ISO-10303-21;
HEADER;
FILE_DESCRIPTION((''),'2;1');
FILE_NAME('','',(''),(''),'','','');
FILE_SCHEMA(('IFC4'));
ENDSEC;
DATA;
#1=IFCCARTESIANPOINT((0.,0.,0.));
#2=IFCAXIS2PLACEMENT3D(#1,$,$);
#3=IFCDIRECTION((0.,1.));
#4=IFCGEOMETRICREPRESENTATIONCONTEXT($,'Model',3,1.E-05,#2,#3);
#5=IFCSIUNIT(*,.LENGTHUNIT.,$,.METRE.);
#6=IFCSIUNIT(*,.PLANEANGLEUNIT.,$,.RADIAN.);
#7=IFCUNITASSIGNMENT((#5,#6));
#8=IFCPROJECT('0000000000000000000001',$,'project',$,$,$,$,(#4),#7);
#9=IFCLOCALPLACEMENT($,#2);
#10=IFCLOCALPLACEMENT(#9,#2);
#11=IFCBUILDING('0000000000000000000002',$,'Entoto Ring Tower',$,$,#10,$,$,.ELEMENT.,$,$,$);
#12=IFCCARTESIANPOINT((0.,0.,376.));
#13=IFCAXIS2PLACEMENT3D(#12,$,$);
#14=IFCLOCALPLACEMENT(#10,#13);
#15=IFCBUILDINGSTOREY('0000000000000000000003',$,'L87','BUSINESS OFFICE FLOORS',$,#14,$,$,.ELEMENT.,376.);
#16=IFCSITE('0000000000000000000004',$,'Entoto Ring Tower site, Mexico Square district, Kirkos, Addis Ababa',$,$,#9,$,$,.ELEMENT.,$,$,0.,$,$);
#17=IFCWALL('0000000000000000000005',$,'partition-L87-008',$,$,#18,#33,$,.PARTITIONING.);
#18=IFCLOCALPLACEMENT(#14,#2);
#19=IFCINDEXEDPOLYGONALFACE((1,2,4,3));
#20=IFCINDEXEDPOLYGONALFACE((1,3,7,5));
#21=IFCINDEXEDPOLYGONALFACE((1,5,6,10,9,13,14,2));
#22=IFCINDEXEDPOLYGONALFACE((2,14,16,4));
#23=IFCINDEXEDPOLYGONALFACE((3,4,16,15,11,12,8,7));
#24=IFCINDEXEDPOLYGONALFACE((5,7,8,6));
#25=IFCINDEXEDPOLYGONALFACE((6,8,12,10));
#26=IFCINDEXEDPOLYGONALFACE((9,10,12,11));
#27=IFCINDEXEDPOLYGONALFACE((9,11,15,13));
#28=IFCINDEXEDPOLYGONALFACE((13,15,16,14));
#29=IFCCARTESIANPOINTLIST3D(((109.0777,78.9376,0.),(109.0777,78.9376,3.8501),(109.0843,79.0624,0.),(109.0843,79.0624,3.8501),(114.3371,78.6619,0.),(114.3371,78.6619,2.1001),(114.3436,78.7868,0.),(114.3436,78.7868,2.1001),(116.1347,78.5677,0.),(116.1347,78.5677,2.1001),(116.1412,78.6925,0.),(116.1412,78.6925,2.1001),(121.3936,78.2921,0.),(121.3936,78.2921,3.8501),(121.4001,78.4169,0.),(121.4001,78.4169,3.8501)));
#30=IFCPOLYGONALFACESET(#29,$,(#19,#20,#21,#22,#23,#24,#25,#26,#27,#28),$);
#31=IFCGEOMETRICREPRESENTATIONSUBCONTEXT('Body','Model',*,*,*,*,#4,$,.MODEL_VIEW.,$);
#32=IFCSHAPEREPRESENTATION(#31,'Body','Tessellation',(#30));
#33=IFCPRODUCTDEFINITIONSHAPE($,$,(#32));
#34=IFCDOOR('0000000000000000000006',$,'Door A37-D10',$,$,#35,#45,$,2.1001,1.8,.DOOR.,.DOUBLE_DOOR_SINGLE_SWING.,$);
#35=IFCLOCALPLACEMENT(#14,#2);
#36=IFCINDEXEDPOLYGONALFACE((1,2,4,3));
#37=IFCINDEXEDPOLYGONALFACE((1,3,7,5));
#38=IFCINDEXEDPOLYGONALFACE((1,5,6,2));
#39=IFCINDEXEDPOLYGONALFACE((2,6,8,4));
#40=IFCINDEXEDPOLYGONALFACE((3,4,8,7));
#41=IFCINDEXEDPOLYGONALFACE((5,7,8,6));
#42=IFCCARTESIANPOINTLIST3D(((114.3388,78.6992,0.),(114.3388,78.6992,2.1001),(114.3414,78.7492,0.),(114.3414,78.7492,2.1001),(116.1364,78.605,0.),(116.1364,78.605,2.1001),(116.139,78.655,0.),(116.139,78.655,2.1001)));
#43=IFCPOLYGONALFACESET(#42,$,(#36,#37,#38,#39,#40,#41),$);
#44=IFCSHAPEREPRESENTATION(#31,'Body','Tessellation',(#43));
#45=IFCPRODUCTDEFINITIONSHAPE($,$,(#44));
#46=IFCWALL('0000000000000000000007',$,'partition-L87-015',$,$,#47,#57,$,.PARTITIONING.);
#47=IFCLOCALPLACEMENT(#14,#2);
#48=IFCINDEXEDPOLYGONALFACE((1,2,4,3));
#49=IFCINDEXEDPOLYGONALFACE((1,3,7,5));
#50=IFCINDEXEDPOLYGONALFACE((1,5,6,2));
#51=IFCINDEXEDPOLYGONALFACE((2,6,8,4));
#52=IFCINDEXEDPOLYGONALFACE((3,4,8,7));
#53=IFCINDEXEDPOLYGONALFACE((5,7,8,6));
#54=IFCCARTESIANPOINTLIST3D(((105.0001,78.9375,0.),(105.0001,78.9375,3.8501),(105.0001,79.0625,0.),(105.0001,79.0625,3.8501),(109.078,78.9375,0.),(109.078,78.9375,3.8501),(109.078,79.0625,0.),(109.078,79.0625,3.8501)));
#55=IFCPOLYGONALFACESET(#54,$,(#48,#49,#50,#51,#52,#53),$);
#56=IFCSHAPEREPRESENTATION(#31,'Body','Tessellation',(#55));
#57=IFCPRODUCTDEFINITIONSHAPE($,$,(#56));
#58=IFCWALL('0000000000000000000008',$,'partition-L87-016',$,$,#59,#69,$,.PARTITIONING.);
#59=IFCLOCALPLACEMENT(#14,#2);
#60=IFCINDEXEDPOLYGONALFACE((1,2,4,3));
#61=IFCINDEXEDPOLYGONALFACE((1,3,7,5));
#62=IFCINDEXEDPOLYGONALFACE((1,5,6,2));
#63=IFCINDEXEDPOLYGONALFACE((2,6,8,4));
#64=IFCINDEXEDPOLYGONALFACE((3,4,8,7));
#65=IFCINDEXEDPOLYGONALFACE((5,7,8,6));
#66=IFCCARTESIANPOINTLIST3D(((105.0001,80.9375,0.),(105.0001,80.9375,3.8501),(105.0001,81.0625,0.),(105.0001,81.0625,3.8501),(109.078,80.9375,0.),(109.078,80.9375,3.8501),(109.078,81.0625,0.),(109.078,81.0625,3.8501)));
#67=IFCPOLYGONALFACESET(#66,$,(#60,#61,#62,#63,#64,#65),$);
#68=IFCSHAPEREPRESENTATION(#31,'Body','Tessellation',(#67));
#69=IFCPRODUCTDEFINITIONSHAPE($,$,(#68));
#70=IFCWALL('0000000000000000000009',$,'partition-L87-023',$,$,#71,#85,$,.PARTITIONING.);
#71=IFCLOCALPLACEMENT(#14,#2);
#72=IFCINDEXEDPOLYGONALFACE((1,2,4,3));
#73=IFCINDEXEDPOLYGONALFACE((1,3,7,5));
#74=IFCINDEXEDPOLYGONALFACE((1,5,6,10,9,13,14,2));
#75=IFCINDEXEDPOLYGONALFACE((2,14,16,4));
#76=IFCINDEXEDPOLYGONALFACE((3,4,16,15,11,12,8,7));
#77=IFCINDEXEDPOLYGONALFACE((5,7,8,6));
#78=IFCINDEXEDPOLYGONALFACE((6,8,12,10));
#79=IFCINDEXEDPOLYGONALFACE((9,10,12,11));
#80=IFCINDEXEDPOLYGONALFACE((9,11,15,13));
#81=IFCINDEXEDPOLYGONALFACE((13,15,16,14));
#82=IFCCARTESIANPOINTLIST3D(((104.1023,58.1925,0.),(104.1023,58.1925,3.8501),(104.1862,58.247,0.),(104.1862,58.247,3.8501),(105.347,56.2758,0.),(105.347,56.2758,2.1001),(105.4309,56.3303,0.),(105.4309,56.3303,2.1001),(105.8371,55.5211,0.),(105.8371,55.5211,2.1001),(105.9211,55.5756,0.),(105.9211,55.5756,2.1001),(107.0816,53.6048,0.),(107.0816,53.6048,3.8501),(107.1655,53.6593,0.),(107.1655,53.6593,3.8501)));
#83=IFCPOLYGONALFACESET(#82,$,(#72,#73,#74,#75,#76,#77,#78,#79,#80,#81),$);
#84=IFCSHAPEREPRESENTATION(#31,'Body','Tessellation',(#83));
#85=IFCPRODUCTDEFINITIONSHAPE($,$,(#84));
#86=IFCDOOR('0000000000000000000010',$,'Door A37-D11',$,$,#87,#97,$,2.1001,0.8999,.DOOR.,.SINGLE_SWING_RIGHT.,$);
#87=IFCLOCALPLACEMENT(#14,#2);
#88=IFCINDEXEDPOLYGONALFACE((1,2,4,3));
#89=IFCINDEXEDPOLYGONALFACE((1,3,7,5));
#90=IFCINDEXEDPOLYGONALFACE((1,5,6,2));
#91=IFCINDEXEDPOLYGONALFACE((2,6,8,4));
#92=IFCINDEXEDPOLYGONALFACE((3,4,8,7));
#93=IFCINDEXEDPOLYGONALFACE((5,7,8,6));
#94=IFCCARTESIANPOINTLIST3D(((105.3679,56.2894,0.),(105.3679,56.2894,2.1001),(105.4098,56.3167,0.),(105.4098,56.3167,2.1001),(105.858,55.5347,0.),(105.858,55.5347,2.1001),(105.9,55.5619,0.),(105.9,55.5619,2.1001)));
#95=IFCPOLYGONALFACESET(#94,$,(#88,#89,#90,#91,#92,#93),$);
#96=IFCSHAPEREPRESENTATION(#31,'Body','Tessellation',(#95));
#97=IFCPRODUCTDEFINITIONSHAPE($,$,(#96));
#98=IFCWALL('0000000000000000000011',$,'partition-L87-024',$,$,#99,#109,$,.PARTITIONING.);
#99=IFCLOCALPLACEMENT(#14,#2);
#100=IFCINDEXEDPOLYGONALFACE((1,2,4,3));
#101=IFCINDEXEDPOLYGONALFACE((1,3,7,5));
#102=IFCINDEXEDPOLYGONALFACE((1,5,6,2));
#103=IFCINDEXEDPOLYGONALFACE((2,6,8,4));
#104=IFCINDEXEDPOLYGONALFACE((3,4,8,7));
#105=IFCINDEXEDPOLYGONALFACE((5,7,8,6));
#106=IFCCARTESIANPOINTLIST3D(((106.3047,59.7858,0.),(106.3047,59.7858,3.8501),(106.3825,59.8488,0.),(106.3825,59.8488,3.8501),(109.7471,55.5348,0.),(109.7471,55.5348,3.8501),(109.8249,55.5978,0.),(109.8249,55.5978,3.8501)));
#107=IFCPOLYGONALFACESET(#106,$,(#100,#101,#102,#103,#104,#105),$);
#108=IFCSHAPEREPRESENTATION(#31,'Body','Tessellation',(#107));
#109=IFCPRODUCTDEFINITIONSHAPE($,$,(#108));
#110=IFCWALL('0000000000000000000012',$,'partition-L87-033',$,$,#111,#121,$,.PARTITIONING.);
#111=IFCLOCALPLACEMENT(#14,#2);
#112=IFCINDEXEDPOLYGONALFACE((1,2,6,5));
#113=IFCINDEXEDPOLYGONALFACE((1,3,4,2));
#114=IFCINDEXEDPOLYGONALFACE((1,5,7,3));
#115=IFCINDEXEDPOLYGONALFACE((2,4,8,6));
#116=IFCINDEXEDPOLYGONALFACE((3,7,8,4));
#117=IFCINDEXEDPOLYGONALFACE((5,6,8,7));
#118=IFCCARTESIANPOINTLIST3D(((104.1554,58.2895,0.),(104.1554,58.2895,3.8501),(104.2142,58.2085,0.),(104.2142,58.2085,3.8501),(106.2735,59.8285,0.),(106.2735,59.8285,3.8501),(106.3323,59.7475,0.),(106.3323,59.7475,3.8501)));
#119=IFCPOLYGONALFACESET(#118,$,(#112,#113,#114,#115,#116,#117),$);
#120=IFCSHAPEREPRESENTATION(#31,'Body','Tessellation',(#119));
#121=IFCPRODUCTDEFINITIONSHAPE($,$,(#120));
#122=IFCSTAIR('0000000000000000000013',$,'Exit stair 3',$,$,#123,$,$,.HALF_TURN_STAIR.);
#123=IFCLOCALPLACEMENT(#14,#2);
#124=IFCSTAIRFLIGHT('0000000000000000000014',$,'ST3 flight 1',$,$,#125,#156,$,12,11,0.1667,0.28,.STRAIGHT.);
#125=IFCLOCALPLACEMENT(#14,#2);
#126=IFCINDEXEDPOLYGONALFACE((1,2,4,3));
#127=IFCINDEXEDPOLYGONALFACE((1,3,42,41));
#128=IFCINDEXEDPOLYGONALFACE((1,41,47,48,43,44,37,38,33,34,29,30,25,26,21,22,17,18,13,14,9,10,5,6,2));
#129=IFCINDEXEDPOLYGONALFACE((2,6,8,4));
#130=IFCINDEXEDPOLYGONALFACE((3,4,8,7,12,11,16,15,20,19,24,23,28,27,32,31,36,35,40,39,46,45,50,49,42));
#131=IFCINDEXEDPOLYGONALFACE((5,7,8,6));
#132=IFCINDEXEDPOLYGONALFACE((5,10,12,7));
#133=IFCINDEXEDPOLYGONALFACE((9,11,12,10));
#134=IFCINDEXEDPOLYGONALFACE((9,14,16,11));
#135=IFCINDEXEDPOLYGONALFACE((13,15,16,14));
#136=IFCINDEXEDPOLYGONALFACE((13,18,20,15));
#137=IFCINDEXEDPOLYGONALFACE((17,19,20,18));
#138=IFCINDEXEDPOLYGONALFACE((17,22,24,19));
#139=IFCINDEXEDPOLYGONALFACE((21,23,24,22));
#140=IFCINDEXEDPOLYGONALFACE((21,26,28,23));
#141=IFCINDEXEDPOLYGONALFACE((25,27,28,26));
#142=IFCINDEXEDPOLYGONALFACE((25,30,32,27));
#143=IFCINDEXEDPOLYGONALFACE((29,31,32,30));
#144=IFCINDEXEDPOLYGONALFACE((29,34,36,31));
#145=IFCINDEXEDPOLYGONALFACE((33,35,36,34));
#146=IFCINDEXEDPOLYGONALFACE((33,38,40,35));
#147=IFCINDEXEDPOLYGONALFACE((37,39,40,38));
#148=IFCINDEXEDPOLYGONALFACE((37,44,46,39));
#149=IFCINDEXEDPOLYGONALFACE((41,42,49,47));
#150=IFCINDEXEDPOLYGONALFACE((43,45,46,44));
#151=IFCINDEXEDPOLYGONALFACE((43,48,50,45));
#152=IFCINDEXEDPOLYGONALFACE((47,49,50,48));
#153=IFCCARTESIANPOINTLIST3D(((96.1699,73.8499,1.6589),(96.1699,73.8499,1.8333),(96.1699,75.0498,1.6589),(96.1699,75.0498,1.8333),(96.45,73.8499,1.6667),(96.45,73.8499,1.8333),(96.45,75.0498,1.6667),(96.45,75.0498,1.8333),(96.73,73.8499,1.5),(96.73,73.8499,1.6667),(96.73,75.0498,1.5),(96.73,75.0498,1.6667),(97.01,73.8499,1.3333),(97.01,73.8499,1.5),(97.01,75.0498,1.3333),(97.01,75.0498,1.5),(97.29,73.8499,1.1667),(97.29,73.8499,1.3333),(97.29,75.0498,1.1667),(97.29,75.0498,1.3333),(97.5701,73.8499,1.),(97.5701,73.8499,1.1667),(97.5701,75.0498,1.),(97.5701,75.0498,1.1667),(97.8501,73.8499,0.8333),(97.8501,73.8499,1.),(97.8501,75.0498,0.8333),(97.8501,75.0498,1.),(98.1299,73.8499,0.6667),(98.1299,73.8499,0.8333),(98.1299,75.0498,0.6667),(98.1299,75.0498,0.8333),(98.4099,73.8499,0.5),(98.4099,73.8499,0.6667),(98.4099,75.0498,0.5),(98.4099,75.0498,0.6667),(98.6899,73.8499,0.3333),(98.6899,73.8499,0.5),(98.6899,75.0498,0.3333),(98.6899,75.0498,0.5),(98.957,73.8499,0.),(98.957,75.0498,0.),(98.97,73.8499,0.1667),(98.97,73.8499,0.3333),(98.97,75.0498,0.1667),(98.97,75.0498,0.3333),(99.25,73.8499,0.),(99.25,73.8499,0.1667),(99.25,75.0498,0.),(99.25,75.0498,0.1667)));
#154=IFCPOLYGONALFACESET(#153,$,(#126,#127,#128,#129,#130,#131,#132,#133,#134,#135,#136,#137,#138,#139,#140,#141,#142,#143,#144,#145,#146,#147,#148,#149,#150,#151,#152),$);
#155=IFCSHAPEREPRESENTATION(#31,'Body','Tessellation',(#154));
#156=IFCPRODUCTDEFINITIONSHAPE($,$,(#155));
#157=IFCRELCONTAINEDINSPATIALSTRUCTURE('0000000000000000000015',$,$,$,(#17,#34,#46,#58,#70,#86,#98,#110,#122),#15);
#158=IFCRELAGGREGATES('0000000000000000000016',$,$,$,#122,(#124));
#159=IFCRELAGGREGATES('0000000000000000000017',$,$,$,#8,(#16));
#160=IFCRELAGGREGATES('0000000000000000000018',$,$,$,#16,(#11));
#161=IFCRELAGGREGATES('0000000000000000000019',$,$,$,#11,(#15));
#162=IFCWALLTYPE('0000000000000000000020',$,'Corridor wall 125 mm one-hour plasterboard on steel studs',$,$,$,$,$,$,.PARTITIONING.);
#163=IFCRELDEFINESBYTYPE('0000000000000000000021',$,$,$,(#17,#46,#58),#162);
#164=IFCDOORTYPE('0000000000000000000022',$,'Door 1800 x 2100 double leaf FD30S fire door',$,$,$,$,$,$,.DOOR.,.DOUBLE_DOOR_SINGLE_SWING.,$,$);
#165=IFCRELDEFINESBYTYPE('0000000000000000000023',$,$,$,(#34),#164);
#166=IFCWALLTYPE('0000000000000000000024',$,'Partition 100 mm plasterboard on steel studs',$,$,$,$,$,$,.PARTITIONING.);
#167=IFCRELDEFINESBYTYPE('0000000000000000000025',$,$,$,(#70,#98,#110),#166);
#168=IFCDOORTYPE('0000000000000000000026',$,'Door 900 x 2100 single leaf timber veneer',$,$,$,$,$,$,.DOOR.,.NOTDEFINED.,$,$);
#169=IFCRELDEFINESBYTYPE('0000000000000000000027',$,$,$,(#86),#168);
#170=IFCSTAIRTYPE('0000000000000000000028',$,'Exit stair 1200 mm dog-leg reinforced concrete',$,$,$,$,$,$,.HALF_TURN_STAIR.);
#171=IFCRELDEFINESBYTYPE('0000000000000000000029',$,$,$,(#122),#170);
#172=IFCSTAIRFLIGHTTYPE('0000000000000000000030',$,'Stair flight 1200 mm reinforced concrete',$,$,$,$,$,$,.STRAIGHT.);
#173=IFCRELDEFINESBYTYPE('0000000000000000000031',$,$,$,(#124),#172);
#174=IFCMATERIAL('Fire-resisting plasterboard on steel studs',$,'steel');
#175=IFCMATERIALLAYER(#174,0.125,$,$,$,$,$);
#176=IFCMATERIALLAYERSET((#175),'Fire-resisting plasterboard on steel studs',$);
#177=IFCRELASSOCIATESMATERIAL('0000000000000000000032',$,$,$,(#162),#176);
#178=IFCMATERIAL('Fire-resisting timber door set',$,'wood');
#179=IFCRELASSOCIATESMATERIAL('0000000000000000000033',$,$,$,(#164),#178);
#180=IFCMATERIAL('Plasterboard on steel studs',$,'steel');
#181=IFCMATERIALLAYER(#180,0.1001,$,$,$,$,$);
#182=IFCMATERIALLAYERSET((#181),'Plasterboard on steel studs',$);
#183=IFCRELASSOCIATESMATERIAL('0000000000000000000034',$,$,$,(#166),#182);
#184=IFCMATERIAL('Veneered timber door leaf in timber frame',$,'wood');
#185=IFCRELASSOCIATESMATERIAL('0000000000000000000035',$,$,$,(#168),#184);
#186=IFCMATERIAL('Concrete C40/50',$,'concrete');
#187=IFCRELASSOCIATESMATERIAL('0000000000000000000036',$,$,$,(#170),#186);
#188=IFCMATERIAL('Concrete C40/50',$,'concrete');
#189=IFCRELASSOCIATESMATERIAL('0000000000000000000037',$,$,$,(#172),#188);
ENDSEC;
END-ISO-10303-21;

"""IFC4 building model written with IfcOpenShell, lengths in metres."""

from ifc_helpers import new_model, si_unit, direction, frame, frame_2d, origin, place, context, subcontext, project, spatial, polyline, rectangle, outline, extrude, material, layer, layer_set, type_object, element, fill, aggregate, save


model = new_model("IFC4")

# Units and contexts
model_context = context("Model", 3, precision=1e-05, world=origin(), true_north=direction((0.0, 1.0)))
body_context = subcontext(model_context, "Body", "Model", "MODEL_VIEW")
ifc_project = project(units=[si_unit("LENGTHUNIT", "METRE"), si_unit("PLANEANGLEUNIT", "RADIAN")], contexts=[model_context])

# Site, building, storey
site_placement = place(None, origin())
site = spatial("IfcSite", under=ifc_project, at=site_placement, Name="Entoto Ring Tower site, Mexico Square district, Kirkos, Addis Ababa", CompositionType="ELEMENT", RefElevation=0.0)
building_placement = place(site_placement, origin())
building = spatial("IfcBuilding", under=site, at=building_placement, Name="Entoto Ring Tower", CompositionType="ELEMENT")
storey_placement = place(building_placement, frame((0.0, 0.0, 376.0)))
storey = spatial("IfcBuildingStorey", under=building, at=storey_placement, Name="L87", Description="BUSINESS OFFICE FLOORS", CompositionType="ELEMENT", Elevation=376.0)

# Wall, opening, door
ifc_material_1 = material(Name="Fire-resisting plasterboard on steel studs", Category="steel")
ifc_layer_1 = layer(ifc_material_1, 0.125)
ifc_layer_set_1 = layer_set([ifc_layer_1], Name="Fire-resisting plasterboard on steel studs")
wall_type_1 = type_object("IfcWallType", Name="Corridor wall 125 mm one-hour plasterboard on steel studs", PredefinedType="PARTITIONING", material=ifc_layer_set_1)
wall_1_placement = place(storey_placement, frame((121.397, 78.3545, 0.0), z_axis=(0.0, 0.0, 1.0), x_axis=(-0.998629, 0.052341, 0.0)))
wall_1 = element("IfcWall", 1, at=wall_1_placement, inside=storey, type_object=wall_type_1, Name="partition-L87-008", PredefinedType="PARTITIONING", context=body_context, shape_type="SweptSolid", body=[
    extrude(rectangle(XDim=12.3328, YDim=0.125, at=frame_2d((6.1665, 0.0))), origin(), (0.0, 0.0, 1.0), 3.8501),
])
opening_1_placement = place(wall_1_placement, frame((5.2664, 0.0, 0.0)))
opening_1 = element("IfcOpeningElement", 2, at=opening_1_placement, cuts=wall_1, PredefinedType="OPENING", context=body_context, shape_type="SweptSolid", body=[
    extrude(rectangle(XDim=1.8, YDim=2.1001, at=frame_2d((0.8999, 1.05))), frame((0.0, 0.0725, 0.0), z_axis=(0.0, -1.0, 0.0), x_axis=(1.0, 0.0, 0.0)), (0.0, 0.0, 1.0), 0.145),
])
ifc_material_2 = material(Name="Fire-resisting timber door set", Category="wood")
door_type_1 = type_object("IfcDoorType", Name="Door 1800 x 2100 double leaf FD30S fire door", OperationType="DOUBLE_DOOR_SINGLE_SWING", PredefinedType="DOOR", material=ifc_material_2)
door_1_placement = place(opening_1_placement, frame((1.8, 0.0, 0.0), z_axis=(0.0, 0.0, 1.0), x_axis=(-1.0, 0.0, 0.0)))
door_1 = element("IfcDoor", 3, at=door_1_placement, inside=storey, type_object=door_type_1, Name="Door A37-D10", OperationType="DOUBLE_DOOR_SINGLE_SWING", OverallHeight=2.1001, OverallWidth=1.8, PredefinedType="DOOR", context=body_context, shape_type="SweptSolid", body=[
    extrude(rectangle(XDim=1.8, YDim=2.1001, at=frame_2d((0.8999, 1.05))), frame((0.0, 0.0249, 0.0), z_axis=(0.0, -1.0, 0.0), x_axis=(1.0, 0.0, 0.0)), (0.0, 0.0, 1.0), 0.05),
])
fill(opening_1, door_1)

# Walls
for number, where, z_axis, x_axis, name in (
    (4, (105.0, 79.0, 0.0), (0.0, 0.0, 1.0), (1.0, 0.0, 0.0), "partition-L87-015"),
    (5, (105.0, 81.0, 0.0), (0.0, 0.0, 1.0), (1.0, 0.0, 0.0), "partition-L87-016"),
):
    element("IfcWall", number, at=place(storey_placement, frame(where, z_axis=z_axis, x_axis=x_axis)), inside=storey, type_object=wall_type_1, Name=name, PredefinedType="PARTITIONING", context=body_context, shape_type="SweptSolid", body=[
        extrude(rectangle(XDim=4.0779, YDim=0.125, at=frame_2d((2.0391, 0.0))), origin(), (0.0, 0.0, 1.0), 3.8501),
    ])

# Wall, opening, door
ifc_material_3 = material(Name="Plasterboard on steel studs", Category="steel")
ifc_layer_2 = layer(ifc_material_3, 0.1001)
ifc_layer_set_2 = layer_set([ifc_layer_2], Name="Plasterboard on steel studs")
wall_type_2 = type_object("IfcWallType", Name="Partition 100 mm plasterboard on steel studs", PredefinedType="PARTITIONING", material=ifc_layer_set_2)
wall_2_placement = place(storey_placement, frame((107.1235, 53.6321, 0.0), z_axis=(0.0, 0.0, 1.0), x_axis=(-0.544638, 0.838671, 0.0)))
wall_2 = element("IfcWall", 6, at=wall_2_placement, inside=storey, type_object=wall_type_2, Name="partition-L87-023", PredefinedType="PARTITIONING", context=body_context, shape_type="SweptSolid", body=[
    extrude(rectangle(XDim=5.4702, YDim=0.1001, at=frame_2d((2.7351, 0.0))), origin(), (0.0, 0.0, 1.0), 3.8501),
])
opening_2_placement = place(wall_2_placement, frame((2.2849, 0.0, 0.0)))
opening_2 = element("IfcOpeningElement", 7, at=opening_2_placement, cuts=wall_2, PredefinedType="OPENING", context=body_context, shape_type="SweptSolid", body=[
    extrude(rectangle(XDim=0.8999, YDim=2.1001, at=frame_2d((0.45, 1.05))), frame((0.0, 0.0601, 0.0), z_axis=(0.0, -1.0, 0.0), x_axis=(1.0, 0.0, 0.0)), (0.0, 0.0, 1.0), 0.1201),
])
ifc_material_4 = material(Name="Veneered timber door leaf in timber frame", Category="wood")
door_type_2 = type_object("IfcDoorType", Name="Door 900 x 2100 single leaf timber veneer", OperationType="NOTDEFINED", PredefinedType="DOOR", material=ifc_material_4)
door_2_placement = place(opening_2_placement, frame((0.8999, 0.0, 0.0), z_axis=(0.0, 0.0, 1.0), x_axis=(-1.0, 0.0, 0.0)))
door_2 = element("IfcDoor", 8, at=door_2_placement, inside=storey, type_object=door_type_2, Name="Door A37-D11", OperationType="SINGLE_SWING_RIGHT", OverallHeight=2.1001, OverallWidth=0.8999, PredefinedType="DOOR", context=body_context, shape_type="SweptSolid", body=[
    extrude(rectangle(XDim=0.8999, YDim=2.1001, at=frame_2d((0.45, 1.05))), frame((0.0, 0.0249, 0.0), z_axis=(0.0, -1.0, 0.0), x_axis=(1.0, 0.0, 0.0)), (0.0, 0.0, 1.0), 0.05),
])
fill(opening_2, door_2)

# Walls
wall_3_placement = place(storey_placement, frame((109.7859, 55.5664, 0.0), z_axis=(0.0, 0.0, 1.0), x_axis=(-0.629321, 0.777145, 0.0)))
element("IfcWall", 9, at=wall_3_placement, inside=storey, type_object=wall_type_2, Name="partition-L87-024", PredefinedType="PARTITIONING", context=body_context, shape_type="SweptSolid", body=[
    extrude(rectangle(XDim=5.47, YDim=0.1001, at=frame_2d((2.7349, 0.0))), origin(), (0.0, 0.0, 1.0), 3.8501),
])
wall_4_placement = place(storey_placement, frame((104.1848, 58.249, 0.0), z_axis=(0.0, 0.0, 1.0), x_axis=(0.808994, 0.587817, 0.0)))
element("IfcWall", 10, at=wall_4_placement, inside=storey, type_object=wall_type_2, Name="partition-L87-033", PredefinedType="PARTITIONING", context=body_context, shape_type="SweptSolid", body=[
    extrude(rectangle(XDim=2.6182, YDim=0.1001, at=frame_2d((1.3091, 0.0))), origin(), (0.0, 0.0, 1.0), 3.8501),
])

# Stair, stair flight
ifc_material_5 = material(Name="Concrete C40/50", Category="concrete")
stair_type = type_object("IfcStairType", Name="Exit stair 1200 mm dog-leg reinforced concrete", PredefinedType="HALF_TURN_STAIR", material=ifc_material_5)
stair_placement = place(storey_placement, origin())
stair = element("IfcStair", 11, at=stair_placement, inside=storey, type_object=stair_type, Name="Exit stair 3", PredefinedType="HALF_TURN_STAIR")
ifc_material_6 = material(Name="Concrete C40/50", Category="concrete")
stair_flight_type = type_object("IfcStairFlightType", Name="Stair flight 1200 mm reinforced concrete", PredefinedType="STRAIGHT", material=ifc_material_6)
stair_flight_placement = place(storey_placement, frame((99.25, 74.45, 0.0), z_axis=(0.0, 0.0, 1.0), x_axis=(-1.0, 0.0, 0.0)))
stair_flight = element("IfcStairFlight", 12, at=stair_flight_placement, type_object=stair_flight_type, Name="ST3 flight 1", NumberOfRisers=12, NumberOfTreads=11, PredefinedType="STRAIGHT", RiserHeight=0.1667, TreadLength=0.28, context=body_context, shape_type="SweptSolid", body=[
    extrude(outline(polyline([(0.0, 0.0), (0.0, 0.1667), (0.28, 0.1667), (0.28, 0.3333), (0.5601, 0.3333), (0.5601, 0.5), (0.8401, 0.5), (0.8401, 0.6667), (1.1201, 0.6667), (1.1201, 0.8333), (1.3999, 0.8333), (1.3999, 1.0), (1.6799, 1.0), (1.6799, 1.1667), (1.96, 1.1667), (1.96, 1.3333), (2.24, 1.3333), (2.24, 1.5), (2.52, 1.5), (2.52, 1.6667), (2.8, 1.6667), (2.8, 1.8333), (3.0801, 1.8333), (3.0801, 2.0), (3.0801, 1.6589), (0.293, 0.0), (0.0, 0.0)])), frame((0.0, 0.6001, 0.0), z_axis=(0.0, -1.0, 0.0), x_axis=(1.0, 0.0, 0.0)), (0.0, 0.0, 1.0), 1.2),
])
aggregate(stair, [stair_flight])

save(model, "model.ifc")
